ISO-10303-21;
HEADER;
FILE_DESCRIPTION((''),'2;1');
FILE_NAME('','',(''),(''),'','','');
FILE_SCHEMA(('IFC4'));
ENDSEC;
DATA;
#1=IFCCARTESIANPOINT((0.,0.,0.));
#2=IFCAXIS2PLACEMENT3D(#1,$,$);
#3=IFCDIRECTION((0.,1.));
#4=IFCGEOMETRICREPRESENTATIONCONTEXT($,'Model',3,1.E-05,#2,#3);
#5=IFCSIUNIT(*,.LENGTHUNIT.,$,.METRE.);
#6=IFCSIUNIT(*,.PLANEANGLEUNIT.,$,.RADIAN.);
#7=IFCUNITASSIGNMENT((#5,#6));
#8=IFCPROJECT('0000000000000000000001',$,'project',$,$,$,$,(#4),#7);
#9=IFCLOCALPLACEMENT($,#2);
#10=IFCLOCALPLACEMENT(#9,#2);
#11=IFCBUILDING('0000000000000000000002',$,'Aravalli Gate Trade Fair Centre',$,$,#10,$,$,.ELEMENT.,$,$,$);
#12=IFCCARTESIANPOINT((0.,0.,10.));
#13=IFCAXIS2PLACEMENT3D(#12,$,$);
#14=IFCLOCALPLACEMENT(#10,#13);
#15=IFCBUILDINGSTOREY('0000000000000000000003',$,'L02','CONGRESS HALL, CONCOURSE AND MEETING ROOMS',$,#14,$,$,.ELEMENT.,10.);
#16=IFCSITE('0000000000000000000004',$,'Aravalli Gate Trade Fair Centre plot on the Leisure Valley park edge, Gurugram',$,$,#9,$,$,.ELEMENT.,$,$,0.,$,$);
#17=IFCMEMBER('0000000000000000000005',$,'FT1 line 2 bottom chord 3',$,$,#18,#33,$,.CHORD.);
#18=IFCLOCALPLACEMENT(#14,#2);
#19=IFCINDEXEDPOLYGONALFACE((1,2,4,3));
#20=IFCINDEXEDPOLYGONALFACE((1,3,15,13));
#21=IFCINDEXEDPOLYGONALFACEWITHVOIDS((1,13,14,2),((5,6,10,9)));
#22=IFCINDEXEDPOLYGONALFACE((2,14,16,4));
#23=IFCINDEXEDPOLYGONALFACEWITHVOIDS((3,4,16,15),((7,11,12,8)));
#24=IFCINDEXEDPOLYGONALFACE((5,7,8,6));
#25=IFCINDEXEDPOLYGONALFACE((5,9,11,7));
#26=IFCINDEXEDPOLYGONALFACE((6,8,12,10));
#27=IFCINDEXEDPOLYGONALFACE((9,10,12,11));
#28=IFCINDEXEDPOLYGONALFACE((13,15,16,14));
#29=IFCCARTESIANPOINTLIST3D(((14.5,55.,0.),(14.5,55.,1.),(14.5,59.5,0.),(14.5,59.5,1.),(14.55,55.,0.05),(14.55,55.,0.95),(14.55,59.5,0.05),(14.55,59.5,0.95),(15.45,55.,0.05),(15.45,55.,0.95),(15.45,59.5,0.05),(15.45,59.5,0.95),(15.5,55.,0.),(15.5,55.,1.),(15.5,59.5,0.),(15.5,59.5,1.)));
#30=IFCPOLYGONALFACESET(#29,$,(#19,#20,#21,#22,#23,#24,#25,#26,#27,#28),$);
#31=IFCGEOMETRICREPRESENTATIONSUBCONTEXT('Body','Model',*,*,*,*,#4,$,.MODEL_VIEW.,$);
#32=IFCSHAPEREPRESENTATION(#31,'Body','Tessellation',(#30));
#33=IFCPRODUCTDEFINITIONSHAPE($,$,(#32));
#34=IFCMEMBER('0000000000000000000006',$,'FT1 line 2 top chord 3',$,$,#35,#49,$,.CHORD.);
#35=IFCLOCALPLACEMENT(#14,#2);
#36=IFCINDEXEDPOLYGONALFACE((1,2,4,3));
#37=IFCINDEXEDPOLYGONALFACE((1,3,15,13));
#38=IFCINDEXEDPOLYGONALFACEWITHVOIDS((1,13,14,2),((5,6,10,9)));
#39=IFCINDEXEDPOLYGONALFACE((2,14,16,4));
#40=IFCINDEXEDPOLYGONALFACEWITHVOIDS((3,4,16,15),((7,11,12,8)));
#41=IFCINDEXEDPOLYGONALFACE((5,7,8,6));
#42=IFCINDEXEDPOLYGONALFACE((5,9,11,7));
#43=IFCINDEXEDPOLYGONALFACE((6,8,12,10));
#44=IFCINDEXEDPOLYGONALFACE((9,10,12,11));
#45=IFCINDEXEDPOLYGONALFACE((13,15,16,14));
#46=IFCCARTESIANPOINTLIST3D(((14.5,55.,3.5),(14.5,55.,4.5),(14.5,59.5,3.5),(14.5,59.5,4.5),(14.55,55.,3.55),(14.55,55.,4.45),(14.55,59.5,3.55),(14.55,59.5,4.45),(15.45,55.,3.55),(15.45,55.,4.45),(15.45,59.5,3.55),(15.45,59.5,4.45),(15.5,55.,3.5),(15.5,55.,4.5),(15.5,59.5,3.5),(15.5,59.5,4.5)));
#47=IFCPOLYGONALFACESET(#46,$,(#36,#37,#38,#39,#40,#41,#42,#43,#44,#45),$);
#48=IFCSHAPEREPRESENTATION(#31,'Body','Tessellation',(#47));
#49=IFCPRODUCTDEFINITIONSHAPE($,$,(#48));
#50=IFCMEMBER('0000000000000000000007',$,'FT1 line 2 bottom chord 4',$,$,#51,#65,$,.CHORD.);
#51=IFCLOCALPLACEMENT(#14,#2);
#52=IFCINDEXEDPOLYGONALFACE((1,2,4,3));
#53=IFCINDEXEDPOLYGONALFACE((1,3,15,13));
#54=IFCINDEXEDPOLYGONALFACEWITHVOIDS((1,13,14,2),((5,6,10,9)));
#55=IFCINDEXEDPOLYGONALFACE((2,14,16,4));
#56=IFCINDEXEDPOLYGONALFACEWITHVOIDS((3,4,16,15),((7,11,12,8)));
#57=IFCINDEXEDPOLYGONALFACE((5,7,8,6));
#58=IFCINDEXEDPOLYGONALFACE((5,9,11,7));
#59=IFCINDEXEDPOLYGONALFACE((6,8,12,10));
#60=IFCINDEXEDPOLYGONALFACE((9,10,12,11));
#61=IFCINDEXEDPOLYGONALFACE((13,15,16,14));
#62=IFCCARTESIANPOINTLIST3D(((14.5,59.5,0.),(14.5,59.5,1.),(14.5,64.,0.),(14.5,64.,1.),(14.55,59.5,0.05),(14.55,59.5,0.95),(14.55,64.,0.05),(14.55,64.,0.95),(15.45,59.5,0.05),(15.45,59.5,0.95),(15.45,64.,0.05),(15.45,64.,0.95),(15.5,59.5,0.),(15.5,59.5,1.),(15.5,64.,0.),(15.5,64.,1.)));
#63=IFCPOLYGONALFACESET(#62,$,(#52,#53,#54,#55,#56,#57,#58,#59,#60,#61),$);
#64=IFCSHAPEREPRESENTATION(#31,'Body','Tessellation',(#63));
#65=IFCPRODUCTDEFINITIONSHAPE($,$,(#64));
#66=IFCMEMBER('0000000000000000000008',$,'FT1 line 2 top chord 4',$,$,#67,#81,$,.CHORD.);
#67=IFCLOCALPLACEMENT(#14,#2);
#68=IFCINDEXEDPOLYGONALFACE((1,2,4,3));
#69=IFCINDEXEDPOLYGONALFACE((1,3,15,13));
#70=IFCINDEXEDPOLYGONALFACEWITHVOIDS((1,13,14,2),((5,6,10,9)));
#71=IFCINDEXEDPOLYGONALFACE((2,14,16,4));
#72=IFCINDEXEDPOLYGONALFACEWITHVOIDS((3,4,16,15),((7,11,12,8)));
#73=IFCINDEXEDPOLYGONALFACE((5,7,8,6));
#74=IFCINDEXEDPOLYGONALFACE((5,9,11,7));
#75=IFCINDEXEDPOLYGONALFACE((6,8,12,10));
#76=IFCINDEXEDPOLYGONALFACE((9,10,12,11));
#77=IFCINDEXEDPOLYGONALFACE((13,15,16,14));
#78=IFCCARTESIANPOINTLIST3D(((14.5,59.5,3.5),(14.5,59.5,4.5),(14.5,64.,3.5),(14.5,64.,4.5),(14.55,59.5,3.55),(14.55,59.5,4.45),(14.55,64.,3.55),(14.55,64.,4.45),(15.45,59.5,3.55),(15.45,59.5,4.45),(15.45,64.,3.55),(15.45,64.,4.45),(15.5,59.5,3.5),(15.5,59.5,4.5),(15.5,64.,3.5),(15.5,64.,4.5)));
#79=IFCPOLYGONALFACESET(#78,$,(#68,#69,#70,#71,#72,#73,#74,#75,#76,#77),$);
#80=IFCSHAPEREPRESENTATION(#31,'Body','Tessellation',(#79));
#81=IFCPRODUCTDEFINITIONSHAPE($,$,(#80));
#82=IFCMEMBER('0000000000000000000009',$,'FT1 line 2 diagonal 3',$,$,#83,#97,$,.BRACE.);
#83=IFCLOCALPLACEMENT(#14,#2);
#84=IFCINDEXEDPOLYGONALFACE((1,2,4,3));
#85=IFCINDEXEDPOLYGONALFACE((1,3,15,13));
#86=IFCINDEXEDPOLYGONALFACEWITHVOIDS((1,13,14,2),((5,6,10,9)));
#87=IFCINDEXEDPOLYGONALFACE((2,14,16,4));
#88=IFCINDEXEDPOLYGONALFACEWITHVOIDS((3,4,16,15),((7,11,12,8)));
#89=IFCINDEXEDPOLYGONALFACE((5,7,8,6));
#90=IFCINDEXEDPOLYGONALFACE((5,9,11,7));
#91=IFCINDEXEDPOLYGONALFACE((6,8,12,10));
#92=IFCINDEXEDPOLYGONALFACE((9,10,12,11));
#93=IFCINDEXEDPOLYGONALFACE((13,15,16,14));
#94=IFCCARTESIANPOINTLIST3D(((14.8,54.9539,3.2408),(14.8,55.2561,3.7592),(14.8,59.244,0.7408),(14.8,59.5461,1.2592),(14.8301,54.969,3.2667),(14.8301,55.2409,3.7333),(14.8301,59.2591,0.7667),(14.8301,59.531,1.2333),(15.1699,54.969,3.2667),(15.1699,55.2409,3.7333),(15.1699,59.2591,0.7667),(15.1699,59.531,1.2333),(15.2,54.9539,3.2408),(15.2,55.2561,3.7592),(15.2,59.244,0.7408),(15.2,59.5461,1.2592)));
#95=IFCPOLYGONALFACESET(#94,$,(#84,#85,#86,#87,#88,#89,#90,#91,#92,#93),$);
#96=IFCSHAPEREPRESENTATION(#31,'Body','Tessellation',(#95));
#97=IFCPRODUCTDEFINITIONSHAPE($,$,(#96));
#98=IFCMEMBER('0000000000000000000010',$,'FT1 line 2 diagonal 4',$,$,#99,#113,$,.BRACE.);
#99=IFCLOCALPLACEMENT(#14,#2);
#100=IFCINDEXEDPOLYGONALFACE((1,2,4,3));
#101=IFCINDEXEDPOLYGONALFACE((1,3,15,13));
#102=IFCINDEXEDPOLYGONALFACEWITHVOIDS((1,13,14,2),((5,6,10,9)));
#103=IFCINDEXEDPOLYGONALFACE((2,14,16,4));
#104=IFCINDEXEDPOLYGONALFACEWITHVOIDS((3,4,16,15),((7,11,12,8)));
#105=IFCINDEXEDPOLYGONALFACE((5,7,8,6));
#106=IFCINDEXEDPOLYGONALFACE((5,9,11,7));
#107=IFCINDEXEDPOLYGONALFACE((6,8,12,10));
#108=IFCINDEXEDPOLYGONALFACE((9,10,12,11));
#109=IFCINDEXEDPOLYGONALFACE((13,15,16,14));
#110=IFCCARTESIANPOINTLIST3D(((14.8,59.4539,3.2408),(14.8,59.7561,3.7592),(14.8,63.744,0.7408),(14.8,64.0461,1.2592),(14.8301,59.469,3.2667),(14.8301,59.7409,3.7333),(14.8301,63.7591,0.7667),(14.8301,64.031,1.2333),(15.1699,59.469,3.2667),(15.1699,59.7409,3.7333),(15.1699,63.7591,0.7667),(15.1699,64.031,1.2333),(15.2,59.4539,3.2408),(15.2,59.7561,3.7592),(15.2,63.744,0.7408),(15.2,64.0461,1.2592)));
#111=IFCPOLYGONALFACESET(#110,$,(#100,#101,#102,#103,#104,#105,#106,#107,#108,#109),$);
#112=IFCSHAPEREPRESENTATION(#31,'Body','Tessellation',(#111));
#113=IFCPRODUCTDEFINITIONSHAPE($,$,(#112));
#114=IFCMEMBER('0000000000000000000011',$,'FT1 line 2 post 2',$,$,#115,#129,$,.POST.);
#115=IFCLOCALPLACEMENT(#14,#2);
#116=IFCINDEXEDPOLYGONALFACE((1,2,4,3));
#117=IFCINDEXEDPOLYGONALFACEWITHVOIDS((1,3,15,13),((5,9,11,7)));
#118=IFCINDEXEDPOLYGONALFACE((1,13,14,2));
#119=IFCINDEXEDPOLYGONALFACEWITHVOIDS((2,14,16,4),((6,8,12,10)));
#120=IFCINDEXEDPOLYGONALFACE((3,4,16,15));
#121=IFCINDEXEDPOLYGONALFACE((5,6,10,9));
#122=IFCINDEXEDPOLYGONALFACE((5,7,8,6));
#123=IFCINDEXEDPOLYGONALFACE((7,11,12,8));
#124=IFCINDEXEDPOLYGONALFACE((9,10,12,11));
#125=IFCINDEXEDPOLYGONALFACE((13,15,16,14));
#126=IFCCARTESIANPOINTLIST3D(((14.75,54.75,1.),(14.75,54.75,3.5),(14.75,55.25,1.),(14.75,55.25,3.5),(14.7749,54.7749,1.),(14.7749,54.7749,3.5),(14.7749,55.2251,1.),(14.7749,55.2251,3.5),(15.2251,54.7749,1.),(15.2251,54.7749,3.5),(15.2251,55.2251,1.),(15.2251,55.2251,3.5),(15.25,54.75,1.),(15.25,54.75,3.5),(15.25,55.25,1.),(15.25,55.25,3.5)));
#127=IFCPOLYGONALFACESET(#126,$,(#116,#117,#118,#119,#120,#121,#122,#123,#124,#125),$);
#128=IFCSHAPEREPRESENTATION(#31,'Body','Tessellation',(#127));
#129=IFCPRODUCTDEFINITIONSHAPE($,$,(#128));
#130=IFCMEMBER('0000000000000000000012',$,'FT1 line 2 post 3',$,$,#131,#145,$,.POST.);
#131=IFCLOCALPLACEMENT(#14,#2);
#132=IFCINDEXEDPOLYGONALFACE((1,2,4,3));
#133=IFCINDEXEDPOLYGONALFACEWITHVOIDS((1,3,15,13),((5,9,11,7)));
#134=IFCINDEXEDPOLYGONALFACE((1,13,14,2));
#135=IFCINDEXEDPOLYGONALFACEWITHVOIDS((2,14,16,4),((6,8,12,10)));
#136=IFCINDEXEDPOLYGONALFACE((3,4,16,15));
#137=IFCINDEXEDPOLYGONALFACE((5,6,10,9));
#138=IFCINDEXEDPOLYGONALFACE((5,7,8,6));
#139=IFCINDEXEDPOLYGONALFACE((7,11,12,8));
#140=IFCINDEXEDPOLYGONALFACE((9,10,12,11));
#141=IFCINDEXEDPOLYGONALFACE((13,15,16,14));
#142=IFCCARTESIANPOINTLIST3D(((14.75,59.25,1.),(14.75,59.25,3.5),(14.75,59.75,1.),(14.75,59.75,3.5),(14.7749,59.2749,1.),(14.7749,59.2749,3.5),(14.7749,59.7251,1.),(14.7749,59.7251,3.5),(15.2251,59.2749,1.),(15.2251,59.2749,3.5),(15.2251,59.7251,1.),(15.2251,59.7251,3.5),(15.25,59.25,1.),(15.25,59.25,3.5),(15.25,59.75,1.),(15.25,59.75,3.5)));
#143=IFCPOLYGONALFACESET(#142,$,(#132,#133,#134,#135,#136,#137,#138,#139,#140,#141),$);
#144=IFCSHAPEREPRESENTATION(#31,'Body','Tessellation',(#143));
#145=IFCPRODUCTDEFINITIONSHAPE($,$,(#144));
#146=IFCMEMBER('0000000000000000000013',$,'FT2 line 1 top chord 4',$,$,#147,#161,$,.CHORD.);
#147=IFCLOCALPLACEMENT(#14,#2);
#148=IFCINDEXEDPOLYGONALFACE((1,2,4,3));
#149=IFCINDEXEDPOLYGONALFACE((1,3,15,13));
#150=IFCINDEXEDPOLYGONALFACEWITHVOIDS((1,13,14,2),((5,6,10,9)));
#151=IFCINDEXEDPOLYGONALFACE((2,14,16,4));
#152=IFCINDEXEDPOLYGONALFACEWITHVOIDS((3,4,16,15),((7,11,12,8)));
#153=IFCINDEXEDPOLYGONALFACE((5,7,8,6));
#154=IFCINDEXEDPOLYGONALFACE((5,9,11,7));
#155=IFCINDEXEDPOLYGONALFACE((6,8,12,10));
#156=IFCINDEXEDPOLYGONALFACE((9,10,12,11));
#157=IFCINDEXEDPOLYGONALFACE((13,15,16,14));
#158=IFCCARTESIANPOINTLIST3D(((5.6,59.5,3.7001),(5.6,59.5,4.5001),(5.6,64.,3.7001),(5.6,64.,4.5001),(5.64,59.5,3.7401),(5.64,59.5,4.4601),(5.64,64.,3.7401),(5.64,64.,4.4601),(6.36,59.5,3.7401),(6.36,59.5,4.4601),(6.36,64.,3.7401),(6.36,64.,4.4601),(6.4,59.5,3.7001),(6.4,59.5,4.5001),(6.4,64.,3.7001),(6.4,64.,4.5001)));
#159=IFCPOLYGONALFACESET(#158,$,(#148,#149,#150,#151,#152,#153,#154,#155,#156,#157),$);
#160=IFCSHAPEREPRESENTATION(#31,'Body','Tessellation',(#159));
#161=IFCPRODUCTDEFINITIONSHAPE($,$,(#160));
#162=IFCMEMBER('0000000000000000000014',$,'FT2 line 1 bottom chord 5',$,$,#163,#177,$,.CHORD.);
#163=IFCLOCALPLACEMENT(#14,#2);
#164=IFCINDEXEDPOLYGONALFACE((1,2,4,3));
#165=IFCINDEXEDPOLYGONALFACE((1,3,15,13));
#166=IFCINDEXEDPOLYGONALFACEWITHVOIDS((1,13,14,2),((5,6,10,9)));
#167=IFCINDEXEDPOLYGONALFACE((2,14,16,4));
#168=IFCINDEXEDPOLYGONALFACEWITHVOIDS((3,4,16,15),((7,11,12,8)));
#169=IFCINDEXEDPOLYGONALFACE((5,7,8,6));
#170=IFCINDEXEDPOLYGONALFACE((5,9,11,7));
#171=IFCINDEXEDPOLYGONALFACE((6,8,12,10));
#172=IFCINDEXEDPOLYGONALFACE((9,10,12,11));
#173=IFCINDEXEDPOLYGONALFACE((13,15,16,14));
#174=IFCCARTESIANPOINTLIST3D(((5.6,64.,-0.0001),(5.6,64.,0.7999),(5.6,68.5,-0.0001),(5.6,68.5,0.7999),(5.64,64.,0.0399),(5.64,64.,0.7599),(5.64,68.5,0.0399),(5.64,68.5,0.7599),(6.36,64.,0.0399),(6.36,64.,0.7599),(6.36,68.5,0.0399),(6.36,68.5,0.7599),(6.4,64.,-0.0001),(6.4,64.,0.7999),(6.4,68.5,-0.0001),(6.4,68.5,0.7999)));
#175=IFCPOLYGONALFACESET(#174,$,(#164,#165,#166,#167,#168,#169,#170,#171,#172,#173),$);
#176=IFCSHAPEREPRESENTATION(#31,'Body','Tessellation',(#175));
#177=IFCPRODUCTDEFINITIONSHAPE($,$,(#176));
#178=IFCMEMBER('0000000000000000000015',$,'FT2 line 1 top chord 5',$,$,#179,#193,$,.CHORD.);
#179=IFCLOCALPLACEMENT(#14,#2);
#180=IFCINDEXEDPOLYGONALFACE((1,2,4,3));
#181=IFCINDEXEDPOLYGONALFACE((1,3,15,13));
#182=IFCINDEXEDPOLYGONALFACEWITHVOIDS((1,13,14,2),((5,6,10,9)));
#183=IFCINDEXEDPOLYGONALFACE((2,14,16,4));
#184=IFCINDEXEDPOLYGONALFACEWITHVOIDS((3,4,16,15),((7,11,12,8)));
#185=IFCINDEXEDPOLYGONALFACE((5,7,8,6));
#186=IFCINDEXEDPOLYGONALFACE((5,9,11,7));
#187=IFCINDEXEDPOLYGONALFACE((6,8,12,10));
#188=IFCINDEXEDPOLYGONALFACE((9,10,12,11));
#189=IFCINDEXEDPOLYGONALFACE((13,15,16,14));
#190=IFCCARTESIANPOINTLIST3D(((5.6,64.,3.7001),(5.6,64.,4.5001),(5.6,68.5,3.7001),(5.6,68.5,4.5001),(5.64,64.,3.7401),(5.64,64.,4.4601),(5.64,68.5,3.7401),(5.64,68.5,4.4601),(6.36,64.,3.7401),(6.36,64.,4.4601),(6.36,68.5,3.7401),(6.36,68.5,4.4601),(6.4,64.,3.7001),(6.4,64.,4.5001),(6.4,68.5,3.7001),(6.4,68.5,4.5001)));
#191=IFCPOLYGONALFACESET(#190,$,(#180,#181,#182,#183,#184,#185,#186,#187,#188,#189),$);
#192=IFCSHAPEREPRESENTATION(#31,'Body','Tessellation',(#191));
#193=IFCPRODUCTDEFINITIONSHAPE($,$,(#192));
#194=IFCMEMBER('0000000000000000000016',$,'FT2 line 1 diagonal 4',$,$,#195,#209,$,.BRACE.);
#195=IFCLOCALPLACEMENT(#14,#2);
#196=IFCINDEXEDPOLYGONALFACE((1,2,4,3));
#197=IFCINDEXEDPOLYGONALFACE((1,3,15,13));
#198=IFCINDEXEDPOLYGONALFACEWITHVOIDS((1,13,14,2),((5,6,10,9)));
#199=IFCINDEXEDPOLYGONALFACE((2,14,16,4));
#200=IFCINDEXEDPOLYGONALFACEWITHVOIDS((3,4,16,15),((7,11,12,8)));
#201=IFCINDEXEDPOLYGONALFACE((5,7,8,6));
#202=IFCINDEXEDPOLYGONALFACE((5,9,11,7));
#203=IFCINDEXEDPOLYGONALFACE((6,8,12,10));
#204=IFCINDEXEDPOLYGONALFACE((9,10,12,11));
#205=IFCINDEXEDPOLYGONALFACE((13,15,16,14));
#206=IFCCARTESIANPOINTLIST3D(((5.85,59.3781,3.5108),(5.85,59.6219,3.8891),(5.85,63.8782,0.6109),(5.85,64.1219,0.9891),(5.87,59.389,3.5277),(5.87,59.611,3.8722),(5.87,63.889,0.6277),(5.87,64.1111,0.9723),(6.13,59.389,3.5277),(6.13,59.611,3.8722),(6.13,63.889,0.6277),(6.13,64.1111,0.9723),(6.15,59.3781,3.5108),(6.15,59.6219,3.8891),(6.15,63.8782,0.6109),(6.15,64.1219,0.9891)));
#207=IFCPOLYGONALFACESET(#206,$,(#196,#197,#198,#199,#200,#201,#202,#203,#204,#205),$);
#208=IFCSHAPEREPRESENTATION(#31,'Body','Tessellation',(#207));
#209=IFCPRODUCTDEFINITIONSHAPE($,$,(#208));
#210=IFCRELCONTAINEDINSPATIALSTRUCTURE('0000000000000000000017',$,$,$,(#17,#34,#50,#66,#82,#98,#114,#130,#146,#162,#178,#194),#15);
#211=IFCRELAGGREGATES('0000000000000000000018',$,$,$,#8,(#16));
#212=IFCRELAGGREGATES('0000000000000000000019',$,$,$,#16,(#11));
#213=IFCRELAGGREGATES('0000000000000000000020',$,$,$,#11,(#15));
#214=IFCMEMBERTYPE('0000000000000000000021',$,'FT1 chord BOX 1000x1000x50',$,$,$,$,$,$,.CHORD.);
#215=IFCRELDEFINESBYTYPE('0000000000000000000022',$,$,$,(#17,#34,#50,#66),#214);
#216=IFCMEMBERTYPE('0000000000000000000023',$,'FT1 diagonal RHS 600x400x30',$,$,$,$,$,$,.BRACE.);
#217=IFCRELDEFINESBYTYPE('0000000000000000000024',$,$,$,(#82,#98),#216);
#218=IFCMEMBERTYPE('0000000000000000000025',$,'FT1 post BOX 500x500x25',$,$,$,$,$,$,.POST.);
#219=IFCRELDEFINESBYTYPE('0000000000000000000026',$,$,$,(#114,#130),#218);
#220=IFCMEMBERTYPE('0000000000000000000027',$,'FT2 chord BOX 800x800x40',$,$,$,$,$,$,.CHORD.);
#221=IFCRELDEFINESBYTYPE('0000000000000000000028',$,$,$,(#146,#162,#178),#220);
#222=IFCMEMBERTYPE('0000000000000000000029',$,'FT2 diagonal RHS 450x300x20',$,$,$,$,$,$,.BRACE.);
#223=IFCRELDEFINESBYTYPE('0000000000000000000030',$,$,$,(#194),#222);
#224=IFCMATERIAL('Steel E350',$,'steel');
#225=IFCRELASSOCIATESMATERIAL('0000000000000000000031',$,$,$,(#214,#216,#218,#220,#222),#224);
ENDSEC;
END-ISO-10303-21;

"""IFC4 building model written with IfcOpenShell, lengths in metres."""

from ifc_helpers import new_model, si_unit, direction, frame, origin, origin_2d, place, context, subcontext, project, spatial, hollow_rectangle, extrude, material, material_profile, profile_set, type_object, element, save


model = new_model("IFC4")

# Units and contexts
model_context = context("Model", 3, precision=1e-05, world=origin(), true_north=direction((0.0, 1.0)))
body_context = subcontext(model_context, "Body", "Model", "MODEL_VIEW")
ifc_project = project(units=[si_unit("LENGTHUNIT", "METRE"), si_unit("PLANEANGLEUNIT", "RADIAN")], contexts=[model_context])

# Site, building, storey
site_placement = place(None, origin())
site = spatial("IfcSite", under=ifc_project, at=site_placement, Name="Aravalli Gate Trade Fair Centre plot on the Leisure Valley park edge, Gurugram", CompositionType="ELEMENT", RefElevation=0.0)
building_placement = place(site_placement, origin())
building = spatial("IfcBuilding", under=site, at=building_placement, Name="Aravalli Gate Trade Fair Centre", CompositionType="ELEMENT")
storey_placement = place(building_placement, frame((0.0, 0.0, 10.0)))
storey = spatial("IfcBuildingStorey", under=building, at=storey_placement, Name="L02", Description="CONGRESS HALL, CONCOURSE AND MEETING ROOMS", CompositionType="ELEMENT", Elevation=10.0)

# Members
ifc_material_1 = material(Name="Steel E350", Category="steel")
ifc_material_profile_1 = material_profile(ifc_material_1, hollow_rectangle(XDim=1.0, YDim=1.0, WallThickness=0.05, at=origin_2d()), Name="BOX 1000x1000x50")
ifc_profile_set_1 = profile_set([ifc_material_profile_1], Name="Steel E350")
member_type_1 = type_object("IfcMemberType", Name="FT1 chord BOX 1000x1000x50", PredefinedType="CHORD", material=ifc_profile_set_1)
for number, where, z_axis, x_axis, name in (
    (1, (15.0, 55.0, 0.5), (0.0, 1.0, 0.0), (-1.0, 0.0, 0.0), "FT1 line 2 bottom chord 3"),
    (2, (15.0, 55.0, 4.0), (0.0, 1.0, 0.0), (-1.0, 0.0, 0.0), "FT1 line 2 top chord 3"),
    (3, (15.0, 59.5, 0.5), (0.0, 1.0, 0.0), (-1.0, 0.0, 0.0), "FT1 line 2 bottom chord 4"),
    (4, (15.0, 59.5, 4.0), (0.0, 1.0, 0.0), (-1.0, 0.0, 0.0), "FT1 line 2 top chord 4"),
):
    element("IfcMember", number, at=place(storey_placement, frame(where, z_axis=z_axis, x_axis=x_axis)), inside=storey, type_object=member_type_1, Name=name, PredefinedType="CHORD", context=body_context, shape_type="SweptSolid", body=[
        extrude(hollow_rectangle(XDim=1.0, YDim=1.0, WallThickness=0.05, at=origin_2d()), origin(), (0.0, 0.0, 1.0), 4.5),
    ])
ifc_material_profile_2 = material_profile(ifc_material_1, hollow_rectangle(XDim=0.3999, YDim=0.6001, WallThickness=0.03, at=origin_2d()), Name="RHS 600x400x30")
ifc_profile_set_2 = profile_set([ifc_material_profile_2], Name="Steel E350")
member_type_2 = type_object("IfcMemberType", Name="FT1 diagonal RHS 600x400x30", PredefinedType="BRACE", material=ifc_profile_set_2)
for number, where, z_axis, x_axis, name in (
    (5, (15.0, 55.105, 3.5), (0.0, 0.864, -0.503492), (-1.0, 0.0, 0.0), "FT1 line 2 diagonal 3"),
    (6, (15.0, 59.605, 3.5), (0.0, 0.864, -0.503492), (-1.0, 0.0, 0.0), "FT1 line 2 diagonal 4"),
):
    element("IfcMember", number, at=place(storey_placement, frame(where, z_axis=z_axis, x_axis=x_axis)), inside=storey, type_object=member_type_2, Name=name, PredefinedType="BRACE", context=body_context, shape_type="SweptSolid", body=[
        extrude(hollow_rectangle(XDim=0.3999, YDim=0.6001, WallThickness=0.03, at=origin_2d()), origin(), (0.0, 0.0, 1.0), 4.9653),
    ])
ifc_material_profile_3 = material_profile(ifc_material_1, hollow_rectangle(XDim=0.5, YDim=0.5, WallThickness=0.0249, at=origin_2d()), Name="BOX 500x500x25")
ifc_profile_set_3 = profile_set([ifc_material_profile_3], Name="Steel E350")
member_type_3 = type_object("IfcMemberType", Name="FT1 post BOX 500x500x25", PredefinedType="POST", material=ifc_profile_set_3)
for number, where, z_axis, x_axis, name in (
    (7, (15.0, 55.0, 1.0), (0.0, 0.0, 1.0), (1.0, 0.0, 0.0), "FT1 line 2 post 2"),
    (8, (15.0, 59.5, 1.0), (0.0, 0.0, 1.0), (1.0, 0.0, 0.0), "FT1 line 2 post 3"),
):
    element("IfcMember", number, at=place(storey_placement, frame(where, z_axis=z_axis, x_axis=x_axis)), inside=storey, type_object=member_type_3, Name=name, PredefinedType="POST", context=body_context, shape_type="SweptSolid", body=[
        extrude(hollow_rectangle(XDim=0.5, YDim=0.5, WallThickness=0.0249, at=origin_2d()), origin(), (0.0, 0.0, 1.0), 2.5),
    ])
ifc_material_profile_4 = material_profile(ifc_material_1, hollow_rectangle(XDim=0.8, YDim=0.8, WallThickness=0.04, at=origin_2d()), Name="BOX 800x800x40")
ifc_profile_set_4 = profile_set([ifc_material_profile_4], Name="Steel E350")
member_type_4 = type_object("IfcMemberType", Name="FT2 chord BOX 800x800x40", PredefinedType="CHORD", material=ifc_profile_set_4)
for number, where, z_axis, x_axis, name in (
    (9, (6.0, 59.5, 4.1001), (0.0, 1.0, 0.0), (-1.0, 0.0, 0.0), "FT2 line 1 top chord 4"),
    (10, (6.0, 64.0, 0.3999), (0.0, 1.0, 0.0), (-1.0, 0.0, 0.0), "FT2 line 1 bottom chord 5"),
    (11, (6.0, 64.0, 4.1001), (0.0, 1.0, 0.0), (-1.0, 0.0, 0.0), "FT2 line 1 top chord 5"),
):
    element("IfcMember", number, at=place(storey_placement, frame(where, z_axis=z_axis, x_axis=x_axis)), inside=storey, type_object=member_type_4, Name=name, PredefinedType="CHORD", context=body_context, shape_type="SweptSolid", body=[
        extrude(hollow_rectangle(XDim=0.8, YDim=0.8, WallThickness=0.04, at=origin_2d()), origin(), (0.0, 0.0, 1.0), 4.5),
    ])
ifc_material_profile_5 = material_profile(ifc_material_1, hollow_rectangle(XDim=0.3, YDim=0.45, WallThickness=0.02, at=origin_2d()), Name="RHS 450x300x20")
ifc_profile_set_5 = profile_set([ifc_material_profile_5], Name="Steel E350")
member_type_5 = type_object("IfcMemberType", Name="FT2 diagonal RHS 450x300x20", PredefinedType="BRACE", material=ifc_profile_set_5)
for number, where, z_axis, x_axis, name in (
    (12, (6.0, 59.5, 3.7), (0.0, 0.840579, -0.541688), (-1.0, 0.0, 0.0), "FT2 line 1 diagonal 4"),
):
    element("IfcMember", number, at=place(storey_placement, frame(where, z_axis=z_axis, x_axis=x_axis)), inside=storey, type_object=member_type_5, Name=name, PredefinedType="BRACE", context=body_context, shape_type="SweptSolid", body=[
        extrude(hollow_rectangle(XDim=0.3, YDim=0.45, WallThickness=0.02, at=origin_2d()), origin(), (0.0, 0.0, 1.0), 5.3535),
    ])

save(model, "model.ifc")
